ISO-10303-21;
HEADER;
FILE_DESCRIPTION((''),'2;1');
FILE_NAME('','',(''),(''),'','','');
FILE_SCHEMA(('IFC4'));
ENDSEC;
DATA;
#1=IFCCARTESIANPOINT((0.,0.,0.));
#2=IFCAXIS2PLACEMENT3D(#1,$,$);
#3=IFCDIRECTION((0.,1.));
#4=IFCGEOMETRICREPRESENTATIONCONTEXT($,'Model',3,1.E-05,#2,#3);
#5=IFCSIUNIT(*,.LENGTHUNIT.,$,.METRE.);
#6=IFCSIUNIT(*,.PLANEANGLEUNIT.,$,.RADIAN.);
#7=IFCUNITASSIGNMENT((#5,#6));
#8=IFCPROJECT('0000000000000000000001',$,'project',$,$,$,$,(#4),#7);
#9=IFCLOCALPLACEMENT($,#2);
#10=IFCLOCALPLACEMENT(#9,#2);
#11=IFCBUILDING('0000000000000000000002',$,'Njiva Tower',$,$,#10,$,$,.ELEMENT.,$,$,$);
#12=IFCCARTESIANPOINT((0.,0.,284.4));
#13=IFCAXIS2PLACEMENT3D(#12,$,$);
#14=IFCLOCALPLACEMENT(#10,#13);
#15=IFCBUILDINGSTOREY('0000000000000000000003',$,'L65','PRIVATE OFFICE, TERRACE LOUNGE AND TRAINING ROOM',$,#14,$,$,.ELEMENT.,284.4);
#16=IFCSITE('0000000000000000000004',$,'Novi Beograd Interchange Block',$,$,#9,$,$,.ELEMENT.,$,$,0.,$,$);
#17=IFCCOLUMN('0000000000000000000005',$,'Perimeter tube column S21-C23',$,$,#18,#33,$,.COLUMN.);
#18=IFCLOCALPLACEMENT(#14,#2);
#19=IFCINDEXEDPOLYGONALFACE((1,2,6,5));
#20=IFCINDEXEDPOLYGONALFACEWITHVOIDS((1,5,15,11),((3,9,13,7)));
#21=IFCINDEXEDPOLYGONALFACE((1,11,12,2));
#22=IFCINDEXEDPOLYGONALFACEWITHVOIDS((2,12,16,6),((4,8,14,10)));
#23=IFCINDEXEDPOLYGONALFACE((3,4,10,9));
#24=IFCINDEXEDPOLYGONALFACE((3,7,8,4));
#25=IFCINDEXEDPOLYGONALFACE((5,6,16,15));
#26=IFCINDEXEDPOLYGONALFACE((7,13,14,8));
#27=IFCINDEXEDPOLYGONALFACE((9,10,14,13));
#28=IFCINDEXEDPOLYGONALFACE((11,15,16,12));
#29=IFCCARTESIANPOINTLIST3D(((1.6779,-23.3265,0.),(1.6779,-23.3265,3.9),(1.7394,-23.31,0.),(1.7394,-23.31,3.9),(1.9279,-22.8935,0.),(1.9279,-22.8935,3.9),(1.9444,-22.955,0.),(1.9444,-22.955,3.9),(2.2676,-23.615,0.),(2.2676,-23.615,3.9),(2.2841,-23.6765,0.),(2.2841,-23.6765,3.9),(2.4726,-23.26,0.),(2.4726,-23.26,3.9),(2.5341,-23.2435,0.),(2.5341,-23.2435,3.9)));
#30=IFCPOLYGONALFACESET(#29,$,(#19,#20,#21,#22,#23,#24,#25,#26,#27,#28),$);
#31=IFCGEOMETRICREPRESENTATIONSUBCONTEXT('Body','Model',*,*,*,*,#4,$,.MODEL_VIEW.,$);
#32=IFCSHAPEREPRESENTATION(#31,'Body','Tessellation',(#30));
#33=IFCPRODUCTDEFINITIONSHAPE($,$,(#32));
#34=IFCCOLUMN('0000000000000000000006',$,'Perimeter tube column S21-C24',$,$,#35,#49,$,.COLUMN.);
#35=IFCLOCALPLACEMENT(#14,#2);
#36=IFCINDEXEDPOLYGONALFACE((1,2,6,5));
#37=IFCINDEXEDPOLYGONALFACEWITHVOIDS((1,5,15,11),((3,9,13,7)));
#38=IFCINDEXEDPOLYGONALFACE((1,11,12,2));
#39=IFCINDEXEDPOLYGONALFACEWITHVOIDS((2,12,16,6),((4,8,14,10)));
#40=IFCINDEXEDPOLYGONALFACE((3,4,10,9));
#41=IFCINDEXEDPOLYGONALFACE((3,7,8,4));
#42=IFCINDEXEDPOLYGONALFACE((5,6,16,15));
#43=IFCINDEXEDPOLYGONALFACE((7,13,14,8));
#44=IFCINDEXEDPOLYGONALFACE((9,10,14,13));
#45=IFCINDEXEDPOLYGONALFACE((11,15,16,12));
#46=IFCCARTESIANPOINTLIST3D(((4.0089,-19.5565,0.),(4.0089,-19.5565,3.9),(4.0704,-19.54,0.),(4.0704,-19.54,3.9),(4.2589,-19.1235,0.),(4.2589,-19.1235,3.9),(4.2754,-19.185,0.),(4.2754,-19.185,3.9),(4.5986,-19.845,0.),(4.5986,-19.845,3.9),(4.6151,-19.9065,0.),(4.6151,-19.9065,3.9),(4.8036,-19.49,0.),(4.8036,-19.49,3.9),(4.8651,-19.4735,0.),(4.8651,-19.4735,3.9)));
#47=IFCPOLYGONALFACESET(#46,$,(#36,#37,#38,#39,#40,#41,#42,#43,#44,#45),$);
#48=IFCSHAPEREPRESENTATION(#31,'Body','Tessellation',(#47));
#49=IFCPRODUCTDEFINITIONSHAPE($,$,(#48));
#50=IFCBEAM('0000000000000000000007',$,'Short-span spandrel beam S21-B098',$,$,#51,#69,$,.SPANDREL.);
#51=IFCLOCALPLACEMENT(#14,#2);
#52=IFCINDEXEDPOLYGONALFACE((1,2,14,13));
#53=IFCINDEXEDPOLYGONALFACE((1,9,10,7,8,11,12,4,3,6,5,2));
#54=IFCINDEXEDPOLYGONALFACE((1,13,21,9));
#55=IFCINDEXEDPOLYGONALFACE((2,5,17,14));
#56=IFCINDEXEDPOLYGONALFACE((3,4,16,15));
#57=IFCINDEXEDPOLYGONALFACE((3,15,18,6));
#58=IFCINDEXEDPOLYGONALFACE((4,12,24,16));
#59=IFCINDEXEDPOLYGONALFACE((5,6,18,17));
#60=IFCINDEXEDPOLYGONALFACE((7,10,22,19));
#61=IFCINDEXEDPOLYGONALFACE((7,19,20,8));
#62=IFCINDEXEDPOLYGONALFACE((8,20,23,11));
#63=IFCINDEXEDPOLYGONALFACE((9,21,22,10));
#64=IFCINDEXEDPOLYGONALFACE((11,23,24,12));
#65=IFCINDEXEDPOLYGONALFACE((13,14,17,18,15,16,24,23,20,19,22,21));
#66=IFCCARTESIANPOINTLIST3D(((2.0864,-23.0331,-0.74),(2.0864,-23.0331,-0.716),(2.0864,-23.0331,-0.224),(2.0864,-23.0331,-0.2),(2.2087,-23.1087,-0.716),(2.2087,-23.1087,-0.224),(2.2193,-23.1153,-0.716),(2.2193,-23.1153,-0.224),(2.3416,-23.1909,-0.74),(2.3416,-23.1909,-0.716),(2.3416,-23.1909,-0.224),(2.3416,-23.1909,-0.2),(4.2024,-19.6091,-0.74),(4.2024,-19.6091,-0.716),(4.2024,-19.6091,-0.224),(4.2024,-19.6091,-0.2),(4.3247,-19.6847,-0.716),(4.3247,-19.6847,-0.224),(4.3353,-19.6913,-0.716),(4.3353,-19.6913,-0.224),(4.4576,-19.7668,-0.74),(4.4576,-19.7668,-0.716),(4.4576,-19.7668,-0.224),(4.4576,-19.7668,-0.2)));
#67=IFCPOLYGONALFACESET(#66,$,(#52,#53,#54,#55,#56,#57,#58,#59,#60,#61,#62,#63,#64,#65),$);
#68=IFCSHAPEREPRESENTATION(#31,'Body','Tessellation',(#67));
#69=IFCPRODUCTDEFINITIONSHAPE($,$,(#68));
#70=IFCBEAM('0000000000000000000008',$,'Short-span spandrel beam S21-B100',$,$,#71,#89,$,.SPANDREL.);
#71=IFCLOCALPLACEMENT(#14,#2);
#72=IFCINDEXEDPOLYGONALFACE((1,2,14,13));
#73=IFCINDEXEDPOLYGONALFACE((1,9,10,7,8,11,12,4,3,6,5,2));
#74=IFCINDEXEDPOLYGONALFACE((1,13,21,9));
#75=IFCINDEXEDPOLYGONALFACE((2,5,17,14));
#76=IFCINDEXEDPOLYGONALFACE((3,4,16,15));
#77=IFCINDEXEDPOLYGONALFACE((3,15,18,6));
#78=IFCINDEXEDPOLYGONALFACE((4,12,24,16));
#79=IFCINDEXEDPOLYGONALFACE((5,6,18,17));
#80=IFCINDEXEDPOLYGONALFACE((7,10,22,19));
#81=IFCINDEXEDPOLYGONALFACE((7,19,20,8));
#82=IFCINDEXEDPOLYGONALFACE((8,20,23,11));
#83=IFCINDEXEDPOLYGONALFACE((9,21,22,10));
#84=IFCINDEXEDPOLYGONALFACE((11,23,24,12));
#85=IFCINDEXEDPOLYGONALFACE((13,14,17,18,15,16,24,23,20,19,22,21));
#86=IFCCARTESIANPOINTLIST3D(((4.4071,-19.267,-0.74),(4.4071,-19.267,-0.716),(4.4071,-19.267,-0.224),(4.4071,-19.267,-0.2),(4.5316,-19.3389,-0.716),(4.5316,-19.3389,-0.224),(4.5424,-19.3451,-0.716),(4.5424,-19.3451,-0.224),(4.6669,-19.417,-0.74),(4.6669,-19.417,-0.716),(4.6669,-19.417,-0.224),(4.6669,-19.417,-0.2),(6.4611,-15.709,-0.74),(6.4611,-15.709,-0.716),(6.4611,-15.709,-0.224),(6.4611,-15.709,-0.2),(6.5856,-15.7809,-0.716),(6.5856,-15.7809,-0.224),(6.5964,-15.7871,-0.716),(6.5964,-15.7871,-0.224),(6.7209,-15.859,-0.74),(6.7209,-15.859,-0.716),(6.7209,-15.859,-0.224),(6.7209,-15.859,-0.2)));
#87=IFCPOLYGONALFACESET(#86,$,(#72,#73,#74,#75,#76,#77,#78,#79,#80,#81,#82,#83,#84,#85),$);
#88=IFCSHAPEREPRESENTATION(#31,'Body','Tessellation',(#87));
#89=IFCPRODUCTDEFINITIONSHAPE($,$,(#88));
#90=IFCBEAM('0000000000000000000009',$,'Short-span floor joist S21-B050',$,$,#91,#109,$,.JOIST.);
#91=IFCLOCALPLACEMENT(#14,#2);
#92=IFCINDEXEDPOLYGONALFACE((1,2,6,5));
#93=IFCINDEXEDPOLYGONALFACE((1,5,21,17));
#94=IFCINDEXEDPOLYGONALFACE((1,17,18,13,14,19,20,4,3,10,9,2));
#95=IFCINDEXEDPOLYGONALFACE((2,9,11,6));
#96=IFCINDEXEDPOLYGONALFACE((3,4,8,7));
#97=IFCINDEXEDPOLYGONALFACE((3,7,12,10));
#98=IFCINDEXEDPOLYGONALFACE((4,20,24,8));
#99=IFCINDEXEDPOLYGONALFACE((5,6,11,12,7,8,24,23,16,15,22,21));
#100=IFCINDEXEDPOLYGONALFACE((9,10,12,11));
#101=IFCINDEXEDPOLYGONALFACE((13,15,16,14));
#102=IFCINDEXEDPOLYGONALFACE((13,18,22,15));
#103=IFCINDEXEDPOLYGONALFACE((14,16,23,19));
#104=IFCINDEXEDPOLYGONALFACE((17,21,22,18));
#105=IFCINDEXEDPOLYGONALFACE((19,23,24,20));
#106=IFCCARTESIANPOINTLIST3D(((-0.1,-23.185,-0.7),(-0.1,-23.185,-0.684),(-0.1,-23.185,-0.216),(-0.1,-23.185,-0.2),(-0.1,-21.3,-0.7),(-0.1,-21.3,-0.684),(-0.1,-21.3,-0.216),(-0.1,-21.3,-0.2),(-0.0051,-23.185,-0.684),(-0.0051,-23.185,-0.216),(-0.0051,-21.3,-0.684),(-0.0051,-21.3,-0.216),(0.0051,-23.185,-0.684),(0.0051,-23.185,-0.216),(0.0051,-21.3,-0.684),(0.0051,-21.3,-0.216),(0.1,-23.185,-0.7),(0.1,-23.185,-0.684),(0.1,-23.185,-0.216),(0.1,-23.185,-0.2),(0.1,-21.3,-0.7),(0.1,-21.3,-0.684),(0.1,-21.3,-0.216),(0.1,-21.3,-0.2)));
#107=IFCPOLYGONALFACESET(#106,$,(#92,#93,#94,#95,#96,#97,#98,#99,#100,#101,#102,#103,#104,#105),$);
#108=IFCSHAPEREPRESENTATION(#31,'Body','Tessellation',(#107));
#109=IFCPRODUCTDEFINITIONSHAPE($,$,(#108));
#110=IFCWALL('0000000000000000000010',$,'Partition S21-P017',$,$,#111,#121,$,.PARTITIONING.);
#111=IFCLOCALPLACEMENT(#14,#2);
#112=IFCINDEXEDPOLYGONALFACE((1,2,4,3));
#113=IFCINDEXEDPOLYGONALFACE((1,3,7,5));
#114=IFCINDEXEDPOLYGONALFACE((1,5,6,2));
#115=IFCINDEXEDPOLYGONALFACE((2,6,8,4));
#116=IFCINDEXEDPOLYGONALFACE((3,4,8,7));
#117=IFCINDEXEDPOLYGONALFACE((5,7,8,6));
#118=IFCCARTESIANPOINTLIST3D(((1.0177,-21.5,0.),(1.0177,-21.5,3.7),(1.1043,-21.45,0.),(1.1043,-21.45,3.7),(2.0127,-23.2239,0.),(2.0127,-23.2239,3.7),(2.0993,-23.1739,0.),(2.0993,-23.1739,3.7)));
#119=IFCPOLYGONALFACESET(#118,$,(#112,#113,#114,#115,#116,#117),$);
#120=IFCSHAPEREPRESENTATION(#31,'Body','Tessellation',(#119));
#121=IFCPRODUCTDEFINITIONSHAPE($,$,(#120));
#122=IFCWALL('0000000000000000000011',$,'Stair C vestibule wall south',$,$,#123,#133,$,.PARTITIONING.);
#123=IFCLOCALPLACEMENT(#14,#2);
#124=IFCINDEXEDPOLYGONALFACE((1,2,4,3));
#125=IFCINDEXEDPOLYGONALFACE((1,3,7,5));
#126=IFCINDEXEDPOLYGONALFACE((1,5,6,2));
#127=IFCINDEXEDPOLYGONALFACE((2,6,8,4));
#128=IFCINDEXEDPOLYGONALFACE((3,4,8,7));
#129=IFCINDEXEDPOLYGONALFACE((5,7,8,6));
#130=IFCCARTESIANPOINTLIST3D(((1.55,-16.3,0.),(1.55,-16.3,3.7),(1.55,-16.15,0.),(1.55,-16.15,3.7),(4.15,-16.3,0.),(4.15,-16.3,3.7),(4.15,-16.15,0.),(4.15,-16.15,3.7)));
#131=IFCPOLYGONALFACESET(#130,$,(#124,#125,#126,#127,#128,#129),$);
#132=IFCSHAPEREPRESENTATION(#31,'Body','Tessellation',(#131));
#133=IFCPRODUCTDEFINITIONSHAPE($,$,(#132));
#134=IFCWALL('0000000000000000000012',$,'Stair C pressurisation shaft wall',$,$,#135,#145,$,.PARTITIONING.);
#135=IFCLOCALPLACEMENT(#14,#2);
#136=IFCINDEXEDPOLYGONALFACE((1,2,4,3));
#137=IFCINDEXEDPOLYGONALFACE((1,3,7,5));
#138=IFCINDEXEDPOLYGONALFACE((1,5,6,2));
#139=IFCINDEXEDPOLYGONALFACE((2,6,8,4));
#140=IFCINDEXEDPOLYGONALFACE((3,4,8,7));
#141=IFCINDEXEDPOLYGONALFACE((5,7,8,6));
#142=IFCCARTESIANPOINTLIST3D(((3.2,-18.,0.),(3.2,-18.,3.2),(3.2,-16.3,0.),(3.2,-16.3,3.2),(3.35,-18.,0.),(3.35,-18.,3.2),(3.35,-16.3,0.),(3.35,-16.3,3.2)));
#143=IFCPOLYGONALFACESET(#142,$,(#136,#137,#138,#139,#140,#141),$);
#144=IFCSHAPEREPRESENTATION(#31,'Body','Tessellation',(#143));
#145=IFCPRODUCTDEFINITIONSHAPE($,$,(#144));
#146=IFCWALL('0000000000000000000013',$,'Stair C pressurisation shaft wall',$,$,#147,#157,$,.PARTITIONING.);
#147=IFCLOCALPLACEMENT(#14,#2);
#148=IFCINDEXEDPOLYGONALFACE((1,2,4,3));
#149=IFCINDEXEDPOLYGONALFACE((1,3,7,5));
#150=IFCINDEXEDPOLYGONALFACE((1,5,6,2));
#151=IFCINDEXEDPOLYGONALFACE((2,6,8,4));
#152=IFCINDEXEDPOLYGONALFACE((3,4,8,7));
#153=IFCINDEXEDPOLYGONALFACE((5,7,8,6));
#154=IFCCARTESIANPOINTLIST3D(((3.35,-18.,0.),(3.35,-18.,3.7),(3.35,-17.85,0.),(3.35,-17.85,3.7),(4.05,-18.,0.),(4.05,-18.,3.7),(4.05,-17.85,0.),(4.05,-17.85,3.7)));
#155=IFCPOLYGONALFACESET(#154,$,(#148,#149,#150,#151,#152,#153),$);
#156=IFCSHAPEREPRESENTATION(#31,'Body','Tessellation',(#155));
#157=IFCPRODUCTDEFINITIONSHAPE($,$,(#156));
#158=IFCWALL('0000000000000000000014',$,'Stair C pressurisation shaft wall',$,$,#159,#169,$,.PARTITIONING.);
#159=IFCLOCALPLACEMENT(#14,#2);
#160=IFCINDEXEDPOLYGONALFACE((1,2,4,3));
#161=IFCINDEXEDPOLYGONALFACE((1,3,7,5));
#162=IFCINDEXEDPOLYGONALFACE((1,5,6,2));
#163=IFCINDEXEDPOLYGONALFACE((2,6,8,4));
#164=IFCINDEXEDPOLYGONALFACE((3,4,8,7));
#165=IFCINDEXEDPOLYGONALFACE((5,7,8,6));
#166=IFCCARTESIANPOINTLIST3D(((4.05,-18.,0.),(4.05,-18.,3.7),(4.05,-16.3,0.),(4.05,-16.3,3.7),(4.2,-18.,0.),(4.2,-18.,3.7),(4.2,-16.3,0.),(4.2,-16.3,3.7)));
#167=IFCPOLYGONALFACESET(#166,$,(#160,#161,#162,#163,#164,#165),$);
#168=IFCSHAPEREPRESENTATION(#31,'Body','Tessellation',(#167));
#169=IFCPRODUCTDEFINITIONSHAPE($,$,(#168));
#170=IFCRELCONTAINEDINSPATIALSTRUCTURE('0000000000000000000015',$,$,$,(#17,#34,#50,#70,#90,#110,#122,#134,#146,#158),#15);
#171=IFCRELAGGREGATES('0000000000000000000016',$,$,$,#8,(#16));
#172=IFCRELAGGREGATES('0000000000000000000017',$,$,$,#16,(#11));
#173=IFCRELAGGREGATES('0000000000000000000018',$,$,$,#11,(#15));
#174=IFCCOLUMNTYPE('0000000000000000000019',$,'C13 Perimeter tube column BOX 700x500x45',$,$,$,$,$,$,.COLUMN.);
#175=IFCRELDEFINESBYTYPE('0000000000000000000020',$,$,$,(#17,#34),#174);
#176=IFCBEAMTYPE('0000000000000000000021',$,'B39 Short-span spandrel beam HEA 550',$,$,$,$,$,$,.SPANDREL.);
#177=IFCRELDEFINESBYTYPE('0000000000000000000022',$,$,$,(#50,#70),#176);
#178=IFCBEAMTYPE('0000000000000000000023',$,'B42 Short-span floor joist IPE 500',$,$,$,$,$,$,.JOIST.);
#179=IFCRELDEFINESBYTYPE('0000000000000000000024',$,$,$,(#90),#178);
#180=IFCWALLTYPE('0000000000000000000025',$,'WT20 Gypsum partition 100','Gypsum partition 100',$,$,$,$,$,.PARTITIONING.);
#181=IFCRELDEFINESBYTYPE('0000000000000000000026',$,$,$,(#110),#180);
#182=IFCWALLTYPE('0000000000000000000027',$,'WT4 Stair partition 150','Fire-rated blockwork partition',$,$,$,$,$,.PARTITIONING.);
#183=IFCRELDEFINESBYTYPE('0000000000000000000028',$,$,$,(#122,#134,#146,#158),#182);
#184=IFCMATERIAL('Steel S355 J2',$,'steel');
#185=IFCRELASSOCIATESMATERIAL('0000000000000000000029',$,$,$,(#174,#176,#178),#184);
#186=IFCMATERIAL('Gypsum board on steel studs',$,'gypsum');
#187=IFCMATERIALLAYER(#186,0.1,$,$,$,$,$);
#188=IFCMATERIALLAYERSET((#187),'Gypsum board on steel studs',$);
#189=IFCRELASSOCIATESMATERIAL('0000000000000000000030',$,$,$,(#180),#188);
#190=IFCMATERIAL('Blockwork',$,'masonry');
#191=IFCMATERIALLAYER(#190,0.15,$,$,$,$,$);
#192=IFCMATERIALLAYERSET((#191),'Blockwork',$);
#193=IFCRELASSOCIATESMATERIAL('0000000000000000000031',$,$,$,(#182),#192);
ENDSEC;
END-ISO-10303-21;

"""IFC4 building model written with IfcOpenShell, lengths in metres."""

from ifc_helpers import new_model, si_unit, direction, frame, frame_2d, origin, origin_2d, place, context, subcontext, project, spatial, rectangle, hollow_rectangle, i_section, extrude, material, layer, layer_set, material_profile, profile_set, type_object, element, save


model = new_model("IFC4")

# Units and contexts
model_context = context("Model", 3, precision=1e-05, world=origin(), true_north=direction((0.0, 1.0)))
body_context = subcontext(model_context, "Body", "Model", "MODEL_VIEW")
ifc_project = project(units=[si_unit("LENGTHUNIT", "METRE"), si_unit("PLANEANGLEUNIT", "RADIAN")], contexts=[model_context])

# Site, building, storey
site_placement = place(None, origin())
site = spatial("IfcSite", under=ifc_project, at=site_placement, Name="Novi Beograd Interchange Block", CompositionType="ELEMENT", RefElevation=0.0)
building_placement = place(site_placement, origin())
building = spatial("IfcBuilding", under=site, at=building_placement, Name="Njiva Tower", CompositionType="ELEMENT")
storey_placement = place(building_placement, frame((0.0, 0.0, 284.4)))
storey = spatial("IfcBuildingStorey", under=building, at=storey_placement, Name="L65", Description="PRIVATE OFFICE, TERRACE LOUNGE AND TRAINING ROOM", CompositionType="ELEMENT", Elevation=284.4)

# Columns
ifc_material_1 = material(Name="Steel S355 J2", Category="steel")
ifc_material_profile_1 = material_profile(ifc_material_1, hollow_rectangle(XDim=0.5, YDim=0.7, WallThickness=0.045, at=origin_2d()), Name="BOX 700x500x45")
ifc_profile_set_1 = profile_set([ifc_material_profile_1], Name="Steel S355 J2")
column_type = type_object("IfcColumnType", Name="C13 Perimeter tube column BOX 700x500x45", PredefinedType="COLUMN", material=ifc_profile_set_1)
for number, where, z_axis, x_axis, name in (
    (1, (2.106, -23.285, 0.0), (0.0, 0.0, 1.0), (0.5, 0.866025, 0.0), "Perimeter tube column S21-C23"),
    (2, (4.437, -19.515, 0.0), (0.0, 0.0, 1.0), (0.5, 0.866025, 0.0), "Perimeter tube column S21-C24"),
):
    element("IfcColumn", number, at=place(storey_placement, frame(where, z_axis=z_axis, x_axis=x_axis)), inside=storey, type_object=column_type, Name=name, PredefinedType="COLUMN", context=body_context, shape_type="SweptSolid", body=[
        extrude(hollow_rectangle(XDim=0.5, YDim=0.7, WallThickness=0.045, at=origin_2d()), origin(), (0.0, 0.0, 1.0), 3.9),
    ])

# Beams
ifc_material_profile_2 = material_profile(ifc_material_1, i_section(OverallWidth=0.3, OverallDepth=0.54, WebThickness=0.0125, FlangeThickness=0.024, at=origin_2d()), Name="HEA 550")
ifc_profile_set_2 = profile_set([ifc_material_profile_2], Name="Steel S355 J2")
beam_type_1 = type_object("IfcBeamType", Name="B39 Short-span spandrel beam HEA 550", PredefinedType="SPANDREL", material=ifc_profile_set_2)
beam_1_placement = place(storey_placement, frame((2.214, -23.112, -0.47), z_axis=(0.525704, 0.850667, 0.0), x_axis=(-0.850667, 0.525704, 0.0)))
element("IfcBeam", 3, at=beam_1_placement, inside=storey, type_object=beam_type_1, Name="Short-span spandrel beam S21-B098", PredefinedType="SPANDREL", context=body_context, shape_type="SweptSolid", body=[
    extrude(i_section(OverallWidth=0.3, OverallDepth=0.54, WebThickness=0.0125, FlangeThickness=0.024, at=origin_2d()), origin(), (0.0, 0.0, 1.0), 4.0251),
])
beam_2_placement = place(storey_placement, frame((4.537, -19.342, -0.47), z_axis=(0.499961, 0.866048, 0.0), x_axis=(-0.866048, 0.499961, 0.0)))
element("IfcBeam", 4, at=beam_2_placement, inside=storey, type_object=beam_type_1, Name="Short-span spandrel beam S21-B100", PredefinedType="SPANDREL", context=body_context, shape_type="SweptSolid", body=[
    extrude(i_section(OverallWidth=0.3, OverallDepth=0.54, WebThickness=0.0125, FlangeThickness=0.024, at=origin_2d()), origin(), (0.0, 0.0, 1.0), 4.1083),
])
ifc_material_profile_3 = material_profile(ifc_material_1, i_section(OverallWidth=0.2, OverallDepth=0.5, WebThickness=0.0102, FlangeThickness=0.016, at=origin_2d()), Name="IPE 500")
ifc_profile_set_3 = profile_set([ifc_material_profile_3], Name="Steel S355 J2")
beam_type_2 = type_object("IfcBeamType", Name="B42 Short-span floor joist IPE 500", PredefinedType="JOIST", material=ifc_profile_set_3)
beam_3_placement = place(storey_placement, frame((0.0, -21.3, -0.45), z_axis=(0.0, -1.0, 0.0), x_axis=(1.0, 0.0, 0.0)))
element("IfcBeam", 5, at=beam_3_placement, inside=storey, type_object=beam_type_2, Name="Short-span floor joist S21-B050", PredefinedType="JOIST", context=body_context, shape_type="SweptSolid", body=[
    extrude(i_section(OverallWidth=0.2, OverallDepth=0.5, WebThickness=0.0102, FlangeThickness=0.016, at=origin_2d()), origin(), (0.0, 0.0, 1.0), 1.885),
])

# Walls
ifc_material_2 = material(Name="Gypsum board on steel studs", Category="gypsum")
ifc_layer_1 = layer(ifc_material_2, 0.1)
ifc_layer_set_1 = layer_set([ifc_layer_1], Name="Gypsum board on steel studs")
wall_type_1 = type_object("IfcWallType", Name="WT20 Gypsum partition 100", Description="Gypsum partition 100", PredefinedType="PARTITIONING", material=ifc_layer_set_1)
wall_1_placement = place(storey_placement, frame((1.061, -21.475, 0.0), z_axis=(0.0, 0.0, 1.0), x_axis=(0.499867, -0.866102, 0.0)))
element("IfcWall", 6, at=wall_1_placement, inside=storey, type_object=wall_type_1, Name="Partition S21-P017", PredefinedType="PARTITIONING", context=body_context, shape_type="SweptSolid", body=[
    extrude(rectangle(XDim=1.9905, YDim=0.1, at=frame_2d((0.9952, 0.0))), origin(), (0.0, 0.0, 1.0), 3.7),
])
ifc_material_3 = material(Name="Blockwork", Category="masonry")
ifc_layer_2 = layer(ifc_material_3, 0.15)
ifc_layer_set_2 = layer_set([ifc_layer_2], Name="Blockwork")
wall_type_2 = type_object("IfcWallType", Name="WT4 Stair partition 150", Description="Fire-rated blockwork partition", PredefinedType="PARTITIONING", material=ifc_layer_set_2)
wall_2_placement = place(storey_placement, frame((1.55, -16.225, 0.0), z_axis=(0.0, 0.0, 1.0), x_axis=(1.0, 0.0, 0.0)))
element("IfcWall", 7, at=wall_2_placement, inside=storey, type_object=wall_type_2, Name="Stair C vestibule wall south", PredefinedType="PARTITIONING", context=body_context, shape_type="SweptSolid", body=[
    extrude(rectangle(XDim=2.6, YDim=0.15, at=frame_2d((1.3, 0.0))), origin(), (0.0, 0.0, 1.0), 3.7),
])
wall_3_placement = place(storey_placement, frame((3.275, -18.0, 0.0), z_axis=(0.0, 0.0, 1.0), x_axis=(0.0, 1.0, 0.0)))
element("IfcWall", 8, at=wall_3_placement, inside=storey, type_object=wall_type_2, Name="Stair C pressurisation shaft wall", PredefinedType="PARTITIONING", context=body_context, shape_type="SweptSolid", body=[
    extrude(rectangle(XDim=1.7, YDim=0.15, at=frame_2d((0.85, 0.0))), origin(), (0.0, 0.0, 1.0), 3.2),
])
wall_4_placement = place(storey_placement, frame((3.35, -17.925, 0.0), z_axis=(0.0, 0.0, 1.0), x_axis=(1.0, 0.0, 0.0)))
element("IfcWall", 9, at=wall_4_placement, inside=storey, type_object=wall_type_2, Name="Stair C pressurisation shaft wall", PredefinedType="PARTITIONING", context=body_context, shape_type="SweptSolid", body=[
    extrude(rectangle(XDim=0.7, YDim=0.15, at=frame_2d((0.35, 0.0))), origin(), (0.0, 0.0, 1.0), 3.7),
])
wall_5_placement = place(storey_placement, frame((4.125, -18.0, 0.0), z_axis=(0.0, 0.0, 1.0), x_axis=(0.0, 1.0, 0.0)))
element("IfcWall", 10, at=wall_5_placement, inside=storey, type_object=wall_type_2, Name="Stair C pressurisation shaft wall", PredefinedType="PARTITIONING", context=body_context, shape_type="SweptSolid", body=[
    extrude(rectangle(XDim=1.7, YDim=0.15, at=frame_2d((0.85, 0.0))), origin(), (0.0, 0.0, 1.0), 3.7),
])

save(model, "model.ifc")
